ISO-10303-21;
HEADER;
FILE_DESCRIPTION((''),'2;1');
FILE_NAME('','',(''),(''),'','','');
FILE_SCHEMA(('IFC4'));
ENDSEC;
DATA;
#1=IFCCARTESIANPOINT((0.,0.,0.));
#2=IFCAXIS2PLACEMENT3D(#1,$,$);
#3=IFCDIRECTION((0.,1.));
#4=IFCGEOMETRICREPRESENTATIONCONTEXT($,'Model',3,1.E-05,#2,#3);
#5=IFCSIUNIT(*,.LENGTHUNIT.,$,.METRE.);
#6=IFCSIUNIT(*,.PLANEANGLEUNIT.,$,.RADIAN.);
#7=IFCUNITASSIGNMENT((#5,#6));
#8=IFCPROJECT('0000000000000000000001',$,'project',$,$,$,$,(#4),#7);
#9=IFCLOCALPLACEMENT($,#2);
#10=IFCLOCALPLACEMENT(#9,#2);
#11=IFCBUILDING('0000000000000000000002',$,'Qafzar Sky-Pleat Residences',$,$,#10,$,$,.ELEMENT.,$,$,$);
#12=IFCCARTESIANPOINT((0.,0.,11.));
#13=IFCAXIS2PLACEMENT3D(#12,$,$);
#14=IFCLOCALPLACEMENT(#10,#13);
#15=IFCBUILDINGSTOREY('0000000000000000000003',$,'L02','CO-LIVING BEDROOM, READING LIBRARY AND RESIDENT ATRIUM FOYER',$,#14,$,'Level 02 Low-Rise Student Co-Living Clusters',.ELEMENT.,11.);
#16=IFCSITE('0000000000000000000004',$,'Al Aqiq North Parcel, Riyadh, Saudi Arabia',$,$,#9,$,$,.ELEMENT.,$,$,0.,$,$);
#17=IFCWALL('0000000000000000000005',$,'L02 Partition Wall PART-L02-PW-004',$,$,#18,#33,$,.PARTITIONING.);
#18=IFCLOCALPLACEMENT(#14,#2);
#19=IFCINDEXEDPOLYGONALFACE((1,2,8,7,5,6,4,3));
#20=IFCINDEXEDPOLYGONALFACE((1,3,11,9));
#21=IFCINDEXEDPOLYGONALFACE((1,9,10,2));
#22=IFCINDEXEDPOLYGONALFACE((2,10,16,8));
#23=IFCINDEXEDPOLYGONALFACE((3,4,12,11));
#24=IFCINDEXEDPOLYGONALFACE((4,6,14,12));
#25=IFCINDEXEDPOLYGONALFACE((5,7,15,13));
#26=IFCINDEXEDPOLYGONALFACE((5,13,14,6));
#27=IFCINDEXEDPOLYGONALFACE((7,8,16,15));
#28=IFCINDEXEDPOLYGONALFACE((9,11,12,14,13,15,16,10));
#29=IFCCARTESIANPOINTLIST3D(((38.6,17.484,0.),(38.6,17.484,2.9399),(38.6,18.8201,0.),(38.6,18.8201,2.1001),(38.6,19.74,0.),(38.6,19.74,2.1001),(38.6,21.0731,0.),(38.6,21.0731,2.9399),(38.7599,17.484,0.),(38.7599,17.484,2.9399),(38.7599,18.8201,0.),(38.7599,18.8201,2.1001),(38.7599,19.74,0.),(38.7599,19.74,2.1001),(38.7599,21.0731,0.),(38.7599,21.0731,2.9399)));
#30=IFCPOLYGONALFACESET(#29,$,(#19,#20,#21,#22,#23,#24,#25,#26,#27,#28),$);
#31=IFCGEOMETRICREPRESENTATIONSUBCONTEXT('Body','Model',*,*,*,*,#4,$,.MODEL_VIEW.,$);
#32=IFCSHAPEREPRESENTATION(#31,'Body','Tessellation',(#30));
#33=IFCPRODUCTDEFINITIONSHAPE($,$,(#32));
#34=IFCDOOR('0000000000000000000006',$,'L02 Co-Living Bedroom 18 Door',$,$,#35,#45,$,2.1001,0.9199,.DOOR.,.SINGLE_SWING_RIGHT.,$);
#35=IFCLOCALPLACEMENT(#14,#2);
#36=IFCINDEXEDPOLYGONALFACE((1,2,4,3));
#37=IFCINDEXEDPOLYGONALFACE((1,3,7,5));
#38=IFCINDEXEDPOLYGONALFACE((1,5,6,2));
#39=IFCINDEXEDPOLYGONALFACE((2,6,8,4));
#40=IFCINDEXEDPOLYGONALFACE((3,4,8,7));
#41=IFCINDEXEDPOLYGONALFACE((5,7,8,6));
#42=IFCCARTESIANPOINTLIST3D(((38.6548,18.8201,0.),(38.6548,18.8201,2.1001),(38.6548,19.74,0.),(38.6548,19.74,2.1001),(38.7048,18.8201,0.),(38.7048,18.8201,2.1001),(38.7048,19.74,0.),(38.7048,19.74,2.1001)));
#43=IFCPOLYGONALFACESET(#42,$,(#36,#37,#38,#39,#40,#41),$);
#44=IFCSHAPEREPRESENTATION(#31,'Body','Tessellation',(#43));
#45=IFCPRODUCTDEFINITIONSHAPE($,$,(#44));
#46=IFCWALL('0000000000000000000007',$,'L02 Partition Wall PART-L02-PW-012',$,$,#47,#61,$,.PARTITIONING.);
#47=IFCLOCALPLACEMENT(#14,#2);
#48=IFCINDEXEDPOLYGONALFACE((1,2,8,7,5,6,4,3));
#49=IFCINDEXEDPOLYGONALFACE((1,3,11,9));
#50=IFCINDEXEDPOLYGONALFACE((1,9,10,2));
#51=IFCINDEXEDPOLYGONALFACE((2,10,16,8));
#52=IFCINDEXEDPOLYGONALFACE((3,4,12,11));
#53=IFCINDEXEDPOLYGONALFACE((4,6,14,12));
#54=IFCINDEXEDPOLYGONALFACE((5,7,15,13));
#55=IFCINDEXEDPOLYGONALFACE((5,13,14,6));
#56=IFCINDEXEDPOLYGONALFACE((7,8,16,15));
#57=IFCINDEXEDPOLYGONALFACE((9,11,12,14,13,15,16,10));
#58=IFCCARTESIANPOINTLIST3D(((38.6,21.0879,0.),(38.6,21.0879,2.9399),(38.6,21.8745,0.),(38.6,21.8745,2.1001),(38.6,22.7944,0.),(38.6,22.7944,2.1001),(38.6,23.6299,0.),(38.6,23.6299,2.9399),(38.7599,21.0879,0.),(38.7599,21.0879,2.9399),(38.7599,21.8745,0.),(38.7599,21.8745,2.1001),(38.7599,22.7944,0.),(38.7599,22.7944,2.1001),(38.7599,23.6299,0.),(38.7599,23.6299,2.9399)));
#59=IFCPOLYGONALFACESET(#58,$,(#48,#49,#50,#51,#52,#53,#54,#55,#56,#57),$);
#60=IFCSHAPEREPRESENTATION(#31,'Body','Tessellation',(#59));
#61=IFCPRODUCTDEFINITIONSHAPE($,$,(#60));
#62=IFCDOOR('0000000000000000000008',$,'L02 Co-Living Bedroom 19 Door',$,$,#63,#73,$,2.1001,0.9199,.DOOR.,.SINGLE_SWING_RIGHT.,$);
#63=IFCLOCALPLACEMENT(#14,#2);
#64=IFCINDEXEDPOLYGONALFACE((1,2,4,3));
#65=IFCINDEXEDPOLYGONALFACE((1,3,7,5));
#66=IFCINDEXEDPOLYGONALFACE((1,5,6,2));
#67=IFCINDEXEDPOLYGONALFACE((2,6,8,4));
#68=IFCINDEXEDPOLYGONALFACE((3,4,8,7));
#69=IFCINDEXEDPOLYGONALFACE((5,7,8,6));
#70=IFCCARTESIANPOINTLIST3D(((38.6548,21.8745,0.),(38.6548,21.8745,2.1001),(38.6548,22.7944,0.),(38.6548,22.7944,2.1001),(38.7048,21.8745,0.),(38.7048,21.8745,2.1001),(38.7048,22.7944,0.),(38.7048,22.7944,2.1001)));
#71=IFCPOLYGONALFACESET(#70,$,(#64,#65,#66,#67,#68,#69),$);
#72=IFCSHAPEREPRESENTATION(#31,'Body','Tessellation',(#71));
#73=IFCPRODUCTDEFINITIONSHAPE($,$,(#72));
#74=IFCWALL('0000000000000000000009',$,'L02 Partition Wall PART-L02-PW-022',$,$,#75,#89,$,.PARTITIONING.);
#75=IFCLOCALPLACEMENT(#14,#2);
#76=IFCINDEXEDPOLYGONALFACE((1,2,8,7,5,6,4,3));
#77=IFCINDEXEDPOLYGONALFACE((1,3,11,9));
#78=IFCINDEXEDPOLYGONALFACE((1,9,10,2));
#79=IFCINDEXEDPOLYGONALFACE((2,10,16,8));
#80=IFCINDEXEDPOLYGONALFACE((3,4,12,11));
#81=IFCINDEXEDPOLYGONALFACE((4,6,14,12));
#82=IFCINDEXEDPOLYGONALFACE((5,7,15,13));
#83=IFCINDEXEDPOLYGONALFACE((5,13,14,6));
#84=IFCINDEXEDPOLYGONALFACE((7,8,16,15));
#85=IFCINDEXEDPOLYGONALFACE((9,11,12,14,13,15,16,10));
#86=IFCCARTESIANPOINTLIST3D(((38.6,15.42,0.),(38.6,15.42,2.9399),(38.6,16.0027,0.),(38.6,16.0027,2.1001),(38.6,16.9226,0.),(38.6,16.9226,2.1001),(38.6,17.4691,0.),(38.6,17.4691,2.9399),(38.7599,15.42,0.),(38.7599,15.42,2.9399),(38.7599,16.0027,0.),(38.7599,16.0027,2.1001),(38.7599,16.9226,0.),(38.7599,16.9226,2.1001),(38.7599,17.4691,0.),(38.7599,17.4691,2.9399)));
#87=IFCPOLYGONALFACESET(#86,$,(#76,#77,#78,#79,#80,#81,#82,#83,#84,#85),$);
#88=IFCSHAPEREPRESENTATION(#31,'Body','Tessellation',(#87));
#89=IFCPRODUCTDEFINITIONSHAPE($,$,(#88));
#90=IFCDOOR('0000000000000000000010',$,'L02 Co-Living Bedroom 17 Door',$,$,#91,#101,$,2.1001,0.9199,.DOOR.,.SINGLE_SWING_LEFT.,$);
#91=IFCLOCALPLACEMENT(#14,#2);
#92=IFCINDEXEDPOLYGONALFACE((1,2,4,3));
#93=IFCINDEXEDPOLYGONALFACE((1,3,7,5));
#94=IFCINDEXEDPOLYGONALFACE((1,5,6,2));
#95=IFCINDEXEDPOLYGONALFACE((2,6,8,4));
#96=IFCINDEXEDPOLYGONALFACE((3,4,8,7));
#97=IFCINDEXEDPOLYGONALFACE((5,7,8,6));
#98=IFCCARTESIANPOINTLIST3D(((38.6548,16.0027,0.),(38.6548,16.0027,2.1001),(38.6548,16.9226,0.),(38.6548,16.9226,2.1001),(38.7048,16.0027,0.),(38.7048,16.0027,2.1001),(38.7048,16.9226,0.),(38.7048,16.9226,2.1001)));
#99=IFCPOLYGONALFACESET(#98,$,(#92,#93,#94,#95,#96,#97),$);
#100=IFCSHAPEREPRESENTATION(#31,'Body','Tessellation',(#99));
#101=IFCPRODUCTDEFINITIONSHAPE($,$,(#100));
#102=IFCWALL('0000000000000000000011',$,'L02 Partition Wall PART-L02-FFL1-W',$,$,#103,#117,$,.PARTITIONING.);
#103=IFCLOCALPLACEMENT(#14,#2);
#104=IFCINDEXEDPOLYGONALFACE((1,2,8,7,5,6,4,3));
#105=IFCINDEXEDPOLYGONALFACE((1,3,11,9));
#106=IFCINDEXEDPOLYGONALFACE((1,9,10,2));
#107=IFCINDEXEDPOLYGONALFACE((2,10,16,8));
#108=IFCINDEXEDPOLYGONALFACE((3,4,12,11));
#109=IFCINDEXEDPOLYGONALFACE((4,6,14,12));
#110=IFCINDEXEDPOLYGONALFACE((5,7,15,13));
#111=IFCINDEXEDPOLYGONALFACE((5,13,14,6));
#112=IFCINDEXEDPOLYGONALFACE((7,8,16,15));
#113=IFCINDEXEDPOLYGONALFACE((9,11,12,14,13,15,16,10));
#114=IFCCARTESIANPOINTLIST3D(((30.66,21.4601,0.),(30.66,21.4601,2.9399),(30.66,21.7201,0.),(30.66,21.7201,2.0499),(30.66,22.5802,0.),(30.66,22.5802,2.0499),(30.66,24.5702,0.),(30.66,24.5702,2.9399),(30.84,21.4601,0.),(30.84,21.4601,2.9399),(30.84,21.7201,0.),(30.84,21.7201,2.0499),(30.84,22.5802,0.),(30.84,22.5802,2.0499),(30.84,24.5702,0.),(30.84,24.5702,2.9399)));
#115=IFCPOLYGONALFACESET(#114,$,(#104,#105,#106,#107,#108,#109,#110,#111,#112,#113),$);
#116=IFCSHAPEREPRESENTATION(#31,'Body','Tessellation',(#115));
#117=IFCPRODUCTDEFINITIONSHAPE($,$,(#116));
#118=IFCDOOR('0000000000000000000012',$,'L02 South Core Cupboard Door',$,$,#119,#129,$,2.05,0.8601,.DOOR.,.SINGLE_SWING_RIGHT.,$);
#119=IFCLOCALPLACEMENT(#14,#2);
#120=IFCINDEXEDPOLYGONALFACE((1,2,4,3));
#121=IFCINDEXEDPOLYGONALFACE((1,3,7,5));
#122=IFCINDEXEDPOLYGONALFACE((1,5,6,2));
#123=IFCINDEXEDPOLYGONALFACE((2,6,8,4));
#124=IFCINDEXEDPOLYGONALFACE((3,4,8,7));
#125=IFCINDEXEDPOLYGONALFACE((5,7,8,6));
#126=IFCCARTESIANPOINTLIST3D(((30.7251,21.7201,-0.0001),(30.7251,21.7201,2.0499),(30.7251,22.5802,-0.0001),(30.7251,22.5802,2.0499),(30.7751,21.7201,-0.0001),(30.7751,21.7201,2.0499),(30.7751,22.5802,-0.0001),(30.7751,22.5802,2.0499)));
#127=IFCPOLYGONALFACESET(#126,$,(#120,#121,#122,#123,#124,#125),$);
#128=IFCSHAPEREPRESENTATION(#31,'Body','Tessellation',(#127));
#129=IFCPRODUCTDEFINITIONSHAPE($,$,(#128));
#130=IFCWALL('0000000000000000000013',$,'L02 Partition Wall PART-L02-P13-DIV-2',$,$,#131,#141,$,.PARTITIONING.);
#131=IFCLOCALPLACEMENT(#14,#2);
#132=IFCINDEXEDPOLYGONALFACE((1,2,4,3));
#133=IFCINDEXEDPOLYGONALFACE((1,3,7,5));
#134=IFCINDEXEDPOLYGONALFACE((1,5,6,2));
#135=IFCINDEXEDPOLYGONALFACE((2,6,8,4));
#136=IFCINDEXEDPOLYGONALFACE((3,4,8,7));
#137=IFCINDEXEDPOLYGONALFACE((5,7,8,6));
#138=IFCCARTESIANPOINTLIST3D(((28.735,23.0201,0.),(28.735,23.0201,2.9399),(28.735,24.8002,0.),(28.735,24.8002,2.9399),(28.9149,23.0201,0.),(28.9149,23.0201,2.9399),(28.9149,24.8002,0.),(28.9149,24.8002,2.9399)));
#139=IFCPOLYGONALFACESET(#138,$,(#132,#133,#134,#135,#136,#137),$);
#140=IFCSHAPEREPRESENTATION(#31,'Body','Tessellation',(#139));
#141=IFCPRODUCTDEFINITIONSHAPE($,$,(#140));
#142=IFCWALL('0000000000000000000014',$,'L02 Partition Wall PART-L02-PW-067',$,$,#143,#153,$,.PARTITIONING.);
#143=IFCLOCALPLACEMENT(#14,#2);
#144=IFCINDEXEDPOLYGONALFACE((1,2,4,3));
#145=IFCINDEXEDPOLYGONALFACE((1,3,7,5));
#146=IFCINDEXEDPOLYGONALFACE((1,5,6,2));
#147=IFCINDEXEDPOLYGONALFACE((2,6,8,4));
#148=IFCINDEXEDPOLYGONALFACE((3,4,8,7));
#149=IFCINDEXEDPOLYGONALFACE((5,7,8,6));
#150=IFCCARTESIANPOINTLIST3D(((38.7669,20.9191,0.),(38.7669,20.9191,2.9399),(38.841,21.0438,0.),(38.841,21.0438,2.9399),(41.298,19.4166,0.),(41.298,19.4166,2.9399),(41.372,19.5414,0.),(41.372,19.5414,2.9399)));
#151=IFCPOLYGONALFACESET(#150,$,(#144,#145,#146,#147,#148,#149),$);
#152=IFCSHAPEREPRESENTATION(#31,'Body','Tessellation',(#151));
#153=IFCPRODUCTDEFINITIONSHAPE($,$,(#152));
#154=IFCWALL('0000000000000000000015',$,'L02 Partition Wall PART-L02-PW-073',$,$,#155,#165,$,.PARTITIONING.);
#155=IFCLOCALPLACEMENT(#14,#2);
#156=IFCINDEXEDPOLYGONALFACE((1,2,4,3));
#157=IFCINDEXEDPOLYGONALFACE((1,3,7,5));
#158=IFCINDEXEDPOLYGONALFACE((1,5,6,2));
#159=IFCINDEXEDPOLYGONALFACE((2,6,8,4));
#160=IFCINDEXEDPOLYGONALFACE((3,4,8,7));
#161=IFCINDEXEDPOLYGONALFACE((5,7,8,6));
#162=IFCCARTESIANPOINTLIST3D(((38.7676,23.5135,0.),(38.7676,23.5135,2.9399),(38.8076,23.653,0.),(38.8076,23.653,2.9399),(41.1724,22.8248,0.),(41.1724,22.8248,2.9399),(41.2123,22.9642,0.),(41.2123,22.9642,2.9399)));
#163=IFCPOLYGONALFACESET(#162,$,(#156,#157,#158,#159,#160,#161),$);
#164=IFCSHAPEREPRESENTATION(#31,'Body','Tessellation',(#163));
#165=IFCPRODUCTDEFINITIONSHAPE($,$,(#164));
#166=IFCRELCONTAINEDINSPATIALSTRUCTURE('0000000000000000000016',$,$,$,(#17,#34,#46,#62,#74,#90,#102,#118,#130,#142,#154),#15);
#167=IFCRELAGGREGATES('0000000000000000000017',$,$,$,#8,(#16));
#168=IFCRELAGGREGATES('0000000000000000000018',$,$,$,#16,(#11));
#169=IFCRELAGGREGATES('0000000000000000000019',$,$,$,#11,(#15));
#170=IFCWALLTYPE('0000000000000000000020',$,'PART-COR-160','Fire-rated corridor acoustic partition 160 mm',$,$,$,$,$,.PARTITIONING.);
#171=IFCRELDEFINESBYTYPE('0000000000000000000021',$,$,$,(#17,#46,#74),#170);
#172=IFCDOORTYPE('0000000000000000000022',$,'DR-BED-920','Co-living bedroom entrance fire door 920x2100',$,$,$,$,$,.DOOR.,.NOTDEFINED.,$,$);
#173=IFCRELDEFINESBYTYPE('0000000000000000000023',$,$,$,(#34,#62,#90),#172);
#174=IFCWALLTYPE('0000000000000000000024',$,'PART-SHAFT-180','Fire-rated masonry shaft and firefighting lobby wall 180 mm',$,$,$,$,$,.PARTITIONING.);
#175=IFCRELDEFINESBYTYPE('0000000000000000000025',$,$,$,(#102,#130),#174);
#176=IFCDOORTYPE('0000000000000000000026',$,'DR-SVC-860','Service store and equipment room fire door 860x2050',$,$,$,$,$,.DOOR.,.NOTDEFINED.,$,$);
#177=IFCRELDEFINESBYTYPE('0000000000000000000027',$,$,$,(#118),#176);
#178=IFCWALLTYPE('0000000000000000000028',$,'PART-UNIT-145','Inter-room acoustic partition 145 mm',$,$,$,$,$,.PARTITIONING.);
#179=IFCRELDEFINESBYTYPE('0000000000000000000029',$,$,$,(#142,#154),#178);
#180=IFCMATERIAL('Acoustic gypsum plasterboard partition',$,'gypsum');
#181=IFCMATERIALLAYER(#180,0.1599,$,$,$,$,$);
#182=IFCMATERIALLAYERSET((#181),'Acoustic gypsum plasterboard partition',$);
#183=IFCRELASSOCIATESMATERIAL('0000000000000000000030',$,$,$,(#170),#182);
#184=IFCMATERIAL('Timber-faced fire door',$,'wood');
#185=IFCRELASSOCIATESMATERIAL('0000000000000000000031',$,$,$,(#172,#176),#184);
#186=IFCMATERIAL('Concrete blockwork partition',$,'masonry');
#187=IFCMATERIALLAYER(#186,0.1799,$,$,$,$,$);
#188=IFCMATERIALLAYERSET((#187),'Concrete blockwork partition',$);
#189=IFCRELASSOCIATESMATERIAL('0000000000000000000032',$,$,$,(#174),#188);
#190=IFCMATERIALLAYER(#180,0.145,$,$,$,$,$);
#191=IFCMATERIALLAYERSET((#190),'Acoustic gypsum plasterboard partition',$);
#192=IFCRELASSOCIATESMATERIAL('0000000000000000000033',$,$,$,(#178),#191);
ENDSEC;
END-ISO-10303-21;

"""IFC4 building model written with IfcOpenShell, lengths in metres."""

from ifc_helpers import new_model, si_unit, direction, frame, frame_2d, origin, place, context, subcontext, project, spatial, rectangle, extrude, source, transform, mapped, material, layer, layer_set, type_object, element, fill, save


model = new_model("IFC4")

# Units and contexts
model_context = context("Model", 3, precision=1e-05, world=origin(), true_north=direction((0.0, 1.0)))
body_context = subcontext(model_context, "Body", "Model", "MODEL_VIEW")
ifc_project = project(units=[si_unit("LENGTHUNIT", "METRE"), si_unit("PLANEANGLEUNIT", "RADIAN")], contexts=[model_context])

# Site, building, storey
site_placement = place(None, origin())
site = spatial("IfcSite", under=ifc_project, at=site_placement, Name="Al Aqiq North Parcel, Riyadh, Saudi Arabia", CompositionType="ELEMENT", RefElevation=0.0)
building_placement = place(site_placement, origin())
building = spatial("IfcBuilding", under=site, at=building_placement, Name="Qafzar Sky-Pleat Residences", CompositionType="ELEMENT")
storey_placement = place(building_placement, frame((0.0, 0.0, 11.0)))
storey = spatial("IfcBuildingStorey", under=building, at=storey_placement, Name="L02", Description="CO-LIVING BEDROOM, READING LIBRARY AND RESIDENT ATRIUM FOYER", LongName="Level 02 Low-Rise Student Co-Living Clusters", CompositionType="ELEMENT", Elevation=11.0)

# Walls, openings, doors
ifc_material_1 = material(Name="Acoustic gypsum plasterboard partition", Category="gypsum")
ifc_layer_1 = layer(ifc_material_1, 0.1599)
ifc_layer_set_1 = layer_set([ifc_layer_1], Name="Acoustic gypsum plasterboard partition")
wall_type_1 = type_object("IfcWallType", Name="PART-COR-160", Description="Fire-rated corridor acoustic partition 160 mm", PredefinedType="PARTITIONING", material=ifc_layer_set_1)
wall_1_placement = place(storey_placement, frame((38.6799, 21.073, 0.0), z_axis=(0.0, 0.0, 1.0), x_axis=(0.0, -1.0, 0.0)))
wall_1 = element("IfcWall", 1, at=wall_1_placement, inside=storey, type_object=wall_type_1, Name="L02 Partition Wall PART-L02-PW-004", PredefinedType="PARTITIONING", context=body_context, shape_type="SweptSolid", body=[
    extrude(rectangle(XDim=3.5891, YDim=0.1599, at=frame_2d((1.7944, 0.0))), origin(), (0.0, 0.0, 1.0), 2.9399),
])
opening_1_placement = place(wall_1_placement, frame((1.333, 0.0, 0.0)))
opening_1 = element("IfcOpeningElement", 2, at=opening_1_placement, cuts=wall_1, PredefinedType="OPENING", context=body_context, shape_type="SweptSolid", body=[
    extrude(rectangle(XDim=0.9199, YDim=2.1001, at=frame_2d((0.46, 1.05))), frame((0.0, 0.0898, 0.0), z_axis=(0.0, -1.0, 0.0), x_axis=(1.0, 0.0, 0.0)), (0.0, 0.0, 1.0), 0.1799),
])
ifc_material_2 = material(Name="Timber-faced fire door", Category="wood")
door_type_1 = type_object("IfcDoorType", Name="DR-BED-920", Description="Co-living bedroom entrance fire door 920x2100", OperationType="NOTDEFINED", PredefinedType="DOOR", material=ifc_material_2)
shared_shape_1 = source(origin(), body_context, "Body", "SweptSolid", [
    extrude(rectangle(XDim=0.9199, YDim=2.1001, at=frame_2d((0.46, 1.05))), frame((0.0, 0.0249, 0.0), z_axis=(0.0, -1.0, 0.0), x_axis=(1.0, 0.0, 0.0)), (0.0, 0.0, 1.0), 0.05),
])
door_1_placement = place(opening_1_placement, origin())
door_1 = element("IfcDoor", 3, at=door_1_placement, inside=storey, type_object=door_type_1, Name="L02 Co-Living Bedroom 18 Door", OperationType="SINGLE_SWING_RIGHT", OverallHeight=2.1001, OverallWidth=0.9199, PredefinedType="DOOR", context=body_context, shape_type="MappedRepresentation", body=[
    mapped(shared_shape_1, transform((0.0, 0.0, 0.0), x_axis=(1.0, 0.0, 0.0), y_axis=(0.0, 1.0, 0.0), z_axis=(0.0, 0.0, 1.0), scale=1.0)),
])
fill(opening_1, door_1)
wall_2_placement = place(storey_placement, frame((38.6799, 23.6299, 0.0), z_axis=(0.0, 0.0, 1.0), x_axis=(0.0, -1.0, 0.0)))
wall_2 = element("IfcWall", 4, at=wall_2_placement, inside=storey, type_object=wall_type_1, Name="L02 Partition Wall PART-L02-PW-012", PredefinedType="PARTITIONING", context=body_context, shape_type="SweptSolid", body=[
    extrude(rectangle(XDim=2.542, YDim=0.1599, at=frame_2d((1.271, 0.0))), origin(), (0.0, 0.0, 1.0), 2.9399),
])
opening_2_placement = place(wall_2_placement, frame((0.8354, 0.0, 0.0)))
opening_2 = element("IfcOpeningElement", 5, at=opening_2_placement, cuts=wall_2, PredefinedType="OPENING", context=body_context, shape_type="SweptSolid", body=[
    extrude(rectangle(XDim=0.9199, YDim=2.1001, at=frame_2d((0.46, 1.05))), frame((0.0, 0.0898, 0.0), z_axis=(0.0, -1.0, 0.0), x_axis=(1.0, 0.0, 0.0)), (0.0, 0.0, 1.0), 0.1799),
])
door_2_placement = place(opening_2_placement, origin())
door_2 = element("IfcDoor", 6, at=door_2_placement, inside=storey, type_object=door_type_1, Name="L02 Co-Living Bedroom 19 Door", OperationType="SINGLE_SWING_RIGHT", OverallHeight=2.1001, OverallWidth=0.9199, PredefinedType="DOOR", context=body_context, shape_type="MappedRepresentation", body=[
    mapped(shared_shape_1, transform((0.0, 0.0, 0.0), x_axis=(1.0, 0.0, 0.0), y_axis=(0.0, 1.0, 0.0), z_axis=(0.0, 0.0, 1.0), scale=1.0)),
])
fill(opening_2, door_2)
wall_3_placement = place(storey_placement, frame((38.6799, 17.469, 0.0), z_axis=(0.0, 0.0, 1.0), x_axis=(0.0, -1.0, 0.0)))
wall_3 = element("IfcWall", 7, at=wall_3_placement, inside=storey, type_object=wall_type_1, Name="L02 Partition Wall PART-L02-PW-022", PredefinedType="PARTITIONING", context=body_context, shape_type="SweptSolid", body=[
    extrude(rectangle(XDim=2.0491, YDim=0.1599, at=frame_2d((1.0244, 0.0))), origin(), (0.0, 0.0, 1.0), 2.9399),
])
opening_3_placement = place(wall_3_placement, frame((0.5464, 0.0, 0.0)))
opening_3 = element("IfcOpeningElement", 8, at=opening_3_placement, cuts=wall_3, PredefinedType="OPENING", context=body_context, shape_type="SweptSolid", body=[
    extrude(rectangle(XDim=0.9199, YDim=2.1001, at=frame_2d((0.46, 1.05))), frame((0.0, 0.0898, 0.0), z_axis=(0.0, -1.0, 0.0), x_axis=(1.0, 0.0, 0.0)), (0.0, 0.0, 1.0), 0.1799),
])
door_3_placement = place(opening_3_placement, origin())
door_3 = element("IfcDoor", 9, at=door_3_placement, inside=storey, type_object=door_type_1, Name="L02 Co-Living Bedroom 17 Door", OperationType="SINGLE_SWING_LEFT", OverallHeight=2.1001, OverallWidth=0.9199, PredefinedType="DOOR", context=body_context, shape_type="MappedRepresentation", body=[
    mapped(shared_shape_1, transform((0.0, 0.0, 0.0), x_axis=(1.0, 0.0, 0.0), y_axis=(0.0, 1.0, 0.0), z_axis=(0.0, 0.0, 1.0), scale=1.0)),
])
fill(opening_3, door_3)
ifc_material_3 = material(Name="Concrete blockwork partition", Category="masonry")
ifc_layer_2 = layer(ifc_material_3, 0.1799)
ifc_layer_set_2 = layer_set([ifc_layer_2], Name="Concrete blockwork partition")
wall_type_2 = type_object("IfcWallType", Name="PART-SHAFT-180", Description="Fire-rated masonry shaft and firefighting lobby wall 180 mm", PredefinedType="PARTITIONING", material=ifc_layer_set_2)
wall_4_placement = place(storey_placement, frame((30.75, 21.46, 0.0), z_axis=(0.0, 0.0, 1.0), x_axis=(0.0, 1.0, 0.0)))
wall_4 = element("IfcWall", 10, at=wall_4_placement, inside=storey, type_object=wall_type_2, Name="L02 Partition Wall PART-L02-FFL1-W", PredefinedType="PARTITIONING", context=body_context, shape_type="SweptSolid", body=[
    extrude(rectangle(XDim=3.1101, YDim=0.1799, at=frame_2d((1.5552, 0.0))), origin(), (0.0, 0.0, 1.0), 2.9399),
])
opening_4_placement = place(wall_4_placement, frame((0.26, 0.0, 0.0)))
opening_4 = element("IfcOpeningElement", 11, at=opening_4_placement, cuts=wall_4, PredefinedType="OPENING", context=body_context, shape_type="SweptSolid", body=[
    extrude(rectangle(XDim=0.8601, YDim=2.05, at=frame_2d((0.4302, 1.0249))), frame((0.0, 0.1001, 0.0), z_axis=(0.0, -1.0, 0.0), x_axis=(1.0, 0.0, 0.0)), (0.0, 0.0, 1.0), 0.2),
])
door_type_2 = type_object("IfcDoorType", Name="DR-SVC-860", Description="Service store and equipment room fire door 860x2050", OperationType="NOTDEFINED", PredefinedType="DOOR", material=ifc_material_2)
shared_shape_2 = source(origin(), body_context, "Body", "SweptSolid", [
    extrude(rectangle(XDim=0.8601, YDim=2.05, at=frame_2d((0.4302, 1.0249))), frame((0.0, 0.0249, 0.0), z_axis=(0.0, -1.0, 0.0), x_axis=(1.0, 0.0, 0.0)), (0.0, 0.0, 1.0), 0.05),
])
door_4_placement = place(opening_4_placement, origin())
door_4 = element("IfcDoor", 12, at=door_4_placement, inside=storey, type_object=door_type_2, Name="L02 South Core Cupboard Door", OperationType="SINGLE_SWING_RIGHT", OverallHeight=2.05, OverallWidth=0.8601, PredefinedType="DOOR", context=body_context, shape_type="MappedRepresentation", body=[
    mapped(shared_shape_2, transform((0.0, 0.0, 0.0), x_axis=(1.0, 0.0, 0.0), y_axis=(0.0, 1.0, 0.0), z_axis=(0.0, 0.0, 1.0), scale=1.0)),
])
fill(opening_4, door_4)

# Walls
wall_5_placement = place(storey_placement, frame((28.825, 23.02, 0.0), z_axis=(0.0, 0.0, 1.0), x_axis=(0.0, 1.0, 0.0)))
element("IfcWall", 13, at=wall_5_placement, inside=storey, type_object=wall_type_2, Name="L02 Partition Wall PART-L02-P13-DIV-2", PredefinedType="PARTITIONING", context=body_context, shape_type="SweptSolid", body=[
    extrude(rectangle(XDim=1.78, YDim=0.1799, at=frame_2d((0.8901, 0.0))), origin(), (0.0, 0.0, 1.0), 2.9399),
])
ifc_layer_3 = layer(ifc_material_1, 0.145)
ifc_layer_set_3 = layer_set([ifc_layer_3], Name="Acoustic gypsum plasterboard partition")
wall_type_3 = type_object("IfcWallType", Name="PART-UNIT-145", Description="Inter-room acoustic partition 145 mm", PredefinedType="PARTITIONING", material=ifc_layer_set_3)
wall_6_placement = place(storey_placement, frame((38.804, 20.9814, 0.0), z_axis=(0.0, 0.0, 1.0), x_axis=(0.859906, -0.510453, 0.0)))
element("IfcWall", 14, at=wall_6_placement, inside=storey, type_object=wall_type_3, Name="L02 Partition Wall PART-L02-PW-067", PredefinedType="PARTITIONING", context=body_context, shape_type="SweptSolid", body=[
    extrude(rectangle(XDim=2.9434, YDim=0.145, at=frame_2d((1.4717, 0.0))), origin(), (0.0, 0.0, 1.0), 2.9399),
])
wall_7_placement = place(storey_placement, frame((38.7876, 23.5833, 0.0), z_axis=(0.0, 0.0, 1.0), x_axis=(0.961351, -0.275327, 0.0)))
element("IfcWall", 15, at=wall_7_placement, inside=storey, type_object=wall_type_3, Name="L02 Partition Wall PART-L02-PW-073", PredefinedType="PARTITIONING", context=body_context, shape_type="SweptSolid", body=[
    extrude(rectangle(XDim=2.5015, YDim=0.145, at=frame_2d((1.2507, 0.0))), origin(), (0.0, 0.0, 1.0), 2.9399),
])

save(model, "model.ifc")
